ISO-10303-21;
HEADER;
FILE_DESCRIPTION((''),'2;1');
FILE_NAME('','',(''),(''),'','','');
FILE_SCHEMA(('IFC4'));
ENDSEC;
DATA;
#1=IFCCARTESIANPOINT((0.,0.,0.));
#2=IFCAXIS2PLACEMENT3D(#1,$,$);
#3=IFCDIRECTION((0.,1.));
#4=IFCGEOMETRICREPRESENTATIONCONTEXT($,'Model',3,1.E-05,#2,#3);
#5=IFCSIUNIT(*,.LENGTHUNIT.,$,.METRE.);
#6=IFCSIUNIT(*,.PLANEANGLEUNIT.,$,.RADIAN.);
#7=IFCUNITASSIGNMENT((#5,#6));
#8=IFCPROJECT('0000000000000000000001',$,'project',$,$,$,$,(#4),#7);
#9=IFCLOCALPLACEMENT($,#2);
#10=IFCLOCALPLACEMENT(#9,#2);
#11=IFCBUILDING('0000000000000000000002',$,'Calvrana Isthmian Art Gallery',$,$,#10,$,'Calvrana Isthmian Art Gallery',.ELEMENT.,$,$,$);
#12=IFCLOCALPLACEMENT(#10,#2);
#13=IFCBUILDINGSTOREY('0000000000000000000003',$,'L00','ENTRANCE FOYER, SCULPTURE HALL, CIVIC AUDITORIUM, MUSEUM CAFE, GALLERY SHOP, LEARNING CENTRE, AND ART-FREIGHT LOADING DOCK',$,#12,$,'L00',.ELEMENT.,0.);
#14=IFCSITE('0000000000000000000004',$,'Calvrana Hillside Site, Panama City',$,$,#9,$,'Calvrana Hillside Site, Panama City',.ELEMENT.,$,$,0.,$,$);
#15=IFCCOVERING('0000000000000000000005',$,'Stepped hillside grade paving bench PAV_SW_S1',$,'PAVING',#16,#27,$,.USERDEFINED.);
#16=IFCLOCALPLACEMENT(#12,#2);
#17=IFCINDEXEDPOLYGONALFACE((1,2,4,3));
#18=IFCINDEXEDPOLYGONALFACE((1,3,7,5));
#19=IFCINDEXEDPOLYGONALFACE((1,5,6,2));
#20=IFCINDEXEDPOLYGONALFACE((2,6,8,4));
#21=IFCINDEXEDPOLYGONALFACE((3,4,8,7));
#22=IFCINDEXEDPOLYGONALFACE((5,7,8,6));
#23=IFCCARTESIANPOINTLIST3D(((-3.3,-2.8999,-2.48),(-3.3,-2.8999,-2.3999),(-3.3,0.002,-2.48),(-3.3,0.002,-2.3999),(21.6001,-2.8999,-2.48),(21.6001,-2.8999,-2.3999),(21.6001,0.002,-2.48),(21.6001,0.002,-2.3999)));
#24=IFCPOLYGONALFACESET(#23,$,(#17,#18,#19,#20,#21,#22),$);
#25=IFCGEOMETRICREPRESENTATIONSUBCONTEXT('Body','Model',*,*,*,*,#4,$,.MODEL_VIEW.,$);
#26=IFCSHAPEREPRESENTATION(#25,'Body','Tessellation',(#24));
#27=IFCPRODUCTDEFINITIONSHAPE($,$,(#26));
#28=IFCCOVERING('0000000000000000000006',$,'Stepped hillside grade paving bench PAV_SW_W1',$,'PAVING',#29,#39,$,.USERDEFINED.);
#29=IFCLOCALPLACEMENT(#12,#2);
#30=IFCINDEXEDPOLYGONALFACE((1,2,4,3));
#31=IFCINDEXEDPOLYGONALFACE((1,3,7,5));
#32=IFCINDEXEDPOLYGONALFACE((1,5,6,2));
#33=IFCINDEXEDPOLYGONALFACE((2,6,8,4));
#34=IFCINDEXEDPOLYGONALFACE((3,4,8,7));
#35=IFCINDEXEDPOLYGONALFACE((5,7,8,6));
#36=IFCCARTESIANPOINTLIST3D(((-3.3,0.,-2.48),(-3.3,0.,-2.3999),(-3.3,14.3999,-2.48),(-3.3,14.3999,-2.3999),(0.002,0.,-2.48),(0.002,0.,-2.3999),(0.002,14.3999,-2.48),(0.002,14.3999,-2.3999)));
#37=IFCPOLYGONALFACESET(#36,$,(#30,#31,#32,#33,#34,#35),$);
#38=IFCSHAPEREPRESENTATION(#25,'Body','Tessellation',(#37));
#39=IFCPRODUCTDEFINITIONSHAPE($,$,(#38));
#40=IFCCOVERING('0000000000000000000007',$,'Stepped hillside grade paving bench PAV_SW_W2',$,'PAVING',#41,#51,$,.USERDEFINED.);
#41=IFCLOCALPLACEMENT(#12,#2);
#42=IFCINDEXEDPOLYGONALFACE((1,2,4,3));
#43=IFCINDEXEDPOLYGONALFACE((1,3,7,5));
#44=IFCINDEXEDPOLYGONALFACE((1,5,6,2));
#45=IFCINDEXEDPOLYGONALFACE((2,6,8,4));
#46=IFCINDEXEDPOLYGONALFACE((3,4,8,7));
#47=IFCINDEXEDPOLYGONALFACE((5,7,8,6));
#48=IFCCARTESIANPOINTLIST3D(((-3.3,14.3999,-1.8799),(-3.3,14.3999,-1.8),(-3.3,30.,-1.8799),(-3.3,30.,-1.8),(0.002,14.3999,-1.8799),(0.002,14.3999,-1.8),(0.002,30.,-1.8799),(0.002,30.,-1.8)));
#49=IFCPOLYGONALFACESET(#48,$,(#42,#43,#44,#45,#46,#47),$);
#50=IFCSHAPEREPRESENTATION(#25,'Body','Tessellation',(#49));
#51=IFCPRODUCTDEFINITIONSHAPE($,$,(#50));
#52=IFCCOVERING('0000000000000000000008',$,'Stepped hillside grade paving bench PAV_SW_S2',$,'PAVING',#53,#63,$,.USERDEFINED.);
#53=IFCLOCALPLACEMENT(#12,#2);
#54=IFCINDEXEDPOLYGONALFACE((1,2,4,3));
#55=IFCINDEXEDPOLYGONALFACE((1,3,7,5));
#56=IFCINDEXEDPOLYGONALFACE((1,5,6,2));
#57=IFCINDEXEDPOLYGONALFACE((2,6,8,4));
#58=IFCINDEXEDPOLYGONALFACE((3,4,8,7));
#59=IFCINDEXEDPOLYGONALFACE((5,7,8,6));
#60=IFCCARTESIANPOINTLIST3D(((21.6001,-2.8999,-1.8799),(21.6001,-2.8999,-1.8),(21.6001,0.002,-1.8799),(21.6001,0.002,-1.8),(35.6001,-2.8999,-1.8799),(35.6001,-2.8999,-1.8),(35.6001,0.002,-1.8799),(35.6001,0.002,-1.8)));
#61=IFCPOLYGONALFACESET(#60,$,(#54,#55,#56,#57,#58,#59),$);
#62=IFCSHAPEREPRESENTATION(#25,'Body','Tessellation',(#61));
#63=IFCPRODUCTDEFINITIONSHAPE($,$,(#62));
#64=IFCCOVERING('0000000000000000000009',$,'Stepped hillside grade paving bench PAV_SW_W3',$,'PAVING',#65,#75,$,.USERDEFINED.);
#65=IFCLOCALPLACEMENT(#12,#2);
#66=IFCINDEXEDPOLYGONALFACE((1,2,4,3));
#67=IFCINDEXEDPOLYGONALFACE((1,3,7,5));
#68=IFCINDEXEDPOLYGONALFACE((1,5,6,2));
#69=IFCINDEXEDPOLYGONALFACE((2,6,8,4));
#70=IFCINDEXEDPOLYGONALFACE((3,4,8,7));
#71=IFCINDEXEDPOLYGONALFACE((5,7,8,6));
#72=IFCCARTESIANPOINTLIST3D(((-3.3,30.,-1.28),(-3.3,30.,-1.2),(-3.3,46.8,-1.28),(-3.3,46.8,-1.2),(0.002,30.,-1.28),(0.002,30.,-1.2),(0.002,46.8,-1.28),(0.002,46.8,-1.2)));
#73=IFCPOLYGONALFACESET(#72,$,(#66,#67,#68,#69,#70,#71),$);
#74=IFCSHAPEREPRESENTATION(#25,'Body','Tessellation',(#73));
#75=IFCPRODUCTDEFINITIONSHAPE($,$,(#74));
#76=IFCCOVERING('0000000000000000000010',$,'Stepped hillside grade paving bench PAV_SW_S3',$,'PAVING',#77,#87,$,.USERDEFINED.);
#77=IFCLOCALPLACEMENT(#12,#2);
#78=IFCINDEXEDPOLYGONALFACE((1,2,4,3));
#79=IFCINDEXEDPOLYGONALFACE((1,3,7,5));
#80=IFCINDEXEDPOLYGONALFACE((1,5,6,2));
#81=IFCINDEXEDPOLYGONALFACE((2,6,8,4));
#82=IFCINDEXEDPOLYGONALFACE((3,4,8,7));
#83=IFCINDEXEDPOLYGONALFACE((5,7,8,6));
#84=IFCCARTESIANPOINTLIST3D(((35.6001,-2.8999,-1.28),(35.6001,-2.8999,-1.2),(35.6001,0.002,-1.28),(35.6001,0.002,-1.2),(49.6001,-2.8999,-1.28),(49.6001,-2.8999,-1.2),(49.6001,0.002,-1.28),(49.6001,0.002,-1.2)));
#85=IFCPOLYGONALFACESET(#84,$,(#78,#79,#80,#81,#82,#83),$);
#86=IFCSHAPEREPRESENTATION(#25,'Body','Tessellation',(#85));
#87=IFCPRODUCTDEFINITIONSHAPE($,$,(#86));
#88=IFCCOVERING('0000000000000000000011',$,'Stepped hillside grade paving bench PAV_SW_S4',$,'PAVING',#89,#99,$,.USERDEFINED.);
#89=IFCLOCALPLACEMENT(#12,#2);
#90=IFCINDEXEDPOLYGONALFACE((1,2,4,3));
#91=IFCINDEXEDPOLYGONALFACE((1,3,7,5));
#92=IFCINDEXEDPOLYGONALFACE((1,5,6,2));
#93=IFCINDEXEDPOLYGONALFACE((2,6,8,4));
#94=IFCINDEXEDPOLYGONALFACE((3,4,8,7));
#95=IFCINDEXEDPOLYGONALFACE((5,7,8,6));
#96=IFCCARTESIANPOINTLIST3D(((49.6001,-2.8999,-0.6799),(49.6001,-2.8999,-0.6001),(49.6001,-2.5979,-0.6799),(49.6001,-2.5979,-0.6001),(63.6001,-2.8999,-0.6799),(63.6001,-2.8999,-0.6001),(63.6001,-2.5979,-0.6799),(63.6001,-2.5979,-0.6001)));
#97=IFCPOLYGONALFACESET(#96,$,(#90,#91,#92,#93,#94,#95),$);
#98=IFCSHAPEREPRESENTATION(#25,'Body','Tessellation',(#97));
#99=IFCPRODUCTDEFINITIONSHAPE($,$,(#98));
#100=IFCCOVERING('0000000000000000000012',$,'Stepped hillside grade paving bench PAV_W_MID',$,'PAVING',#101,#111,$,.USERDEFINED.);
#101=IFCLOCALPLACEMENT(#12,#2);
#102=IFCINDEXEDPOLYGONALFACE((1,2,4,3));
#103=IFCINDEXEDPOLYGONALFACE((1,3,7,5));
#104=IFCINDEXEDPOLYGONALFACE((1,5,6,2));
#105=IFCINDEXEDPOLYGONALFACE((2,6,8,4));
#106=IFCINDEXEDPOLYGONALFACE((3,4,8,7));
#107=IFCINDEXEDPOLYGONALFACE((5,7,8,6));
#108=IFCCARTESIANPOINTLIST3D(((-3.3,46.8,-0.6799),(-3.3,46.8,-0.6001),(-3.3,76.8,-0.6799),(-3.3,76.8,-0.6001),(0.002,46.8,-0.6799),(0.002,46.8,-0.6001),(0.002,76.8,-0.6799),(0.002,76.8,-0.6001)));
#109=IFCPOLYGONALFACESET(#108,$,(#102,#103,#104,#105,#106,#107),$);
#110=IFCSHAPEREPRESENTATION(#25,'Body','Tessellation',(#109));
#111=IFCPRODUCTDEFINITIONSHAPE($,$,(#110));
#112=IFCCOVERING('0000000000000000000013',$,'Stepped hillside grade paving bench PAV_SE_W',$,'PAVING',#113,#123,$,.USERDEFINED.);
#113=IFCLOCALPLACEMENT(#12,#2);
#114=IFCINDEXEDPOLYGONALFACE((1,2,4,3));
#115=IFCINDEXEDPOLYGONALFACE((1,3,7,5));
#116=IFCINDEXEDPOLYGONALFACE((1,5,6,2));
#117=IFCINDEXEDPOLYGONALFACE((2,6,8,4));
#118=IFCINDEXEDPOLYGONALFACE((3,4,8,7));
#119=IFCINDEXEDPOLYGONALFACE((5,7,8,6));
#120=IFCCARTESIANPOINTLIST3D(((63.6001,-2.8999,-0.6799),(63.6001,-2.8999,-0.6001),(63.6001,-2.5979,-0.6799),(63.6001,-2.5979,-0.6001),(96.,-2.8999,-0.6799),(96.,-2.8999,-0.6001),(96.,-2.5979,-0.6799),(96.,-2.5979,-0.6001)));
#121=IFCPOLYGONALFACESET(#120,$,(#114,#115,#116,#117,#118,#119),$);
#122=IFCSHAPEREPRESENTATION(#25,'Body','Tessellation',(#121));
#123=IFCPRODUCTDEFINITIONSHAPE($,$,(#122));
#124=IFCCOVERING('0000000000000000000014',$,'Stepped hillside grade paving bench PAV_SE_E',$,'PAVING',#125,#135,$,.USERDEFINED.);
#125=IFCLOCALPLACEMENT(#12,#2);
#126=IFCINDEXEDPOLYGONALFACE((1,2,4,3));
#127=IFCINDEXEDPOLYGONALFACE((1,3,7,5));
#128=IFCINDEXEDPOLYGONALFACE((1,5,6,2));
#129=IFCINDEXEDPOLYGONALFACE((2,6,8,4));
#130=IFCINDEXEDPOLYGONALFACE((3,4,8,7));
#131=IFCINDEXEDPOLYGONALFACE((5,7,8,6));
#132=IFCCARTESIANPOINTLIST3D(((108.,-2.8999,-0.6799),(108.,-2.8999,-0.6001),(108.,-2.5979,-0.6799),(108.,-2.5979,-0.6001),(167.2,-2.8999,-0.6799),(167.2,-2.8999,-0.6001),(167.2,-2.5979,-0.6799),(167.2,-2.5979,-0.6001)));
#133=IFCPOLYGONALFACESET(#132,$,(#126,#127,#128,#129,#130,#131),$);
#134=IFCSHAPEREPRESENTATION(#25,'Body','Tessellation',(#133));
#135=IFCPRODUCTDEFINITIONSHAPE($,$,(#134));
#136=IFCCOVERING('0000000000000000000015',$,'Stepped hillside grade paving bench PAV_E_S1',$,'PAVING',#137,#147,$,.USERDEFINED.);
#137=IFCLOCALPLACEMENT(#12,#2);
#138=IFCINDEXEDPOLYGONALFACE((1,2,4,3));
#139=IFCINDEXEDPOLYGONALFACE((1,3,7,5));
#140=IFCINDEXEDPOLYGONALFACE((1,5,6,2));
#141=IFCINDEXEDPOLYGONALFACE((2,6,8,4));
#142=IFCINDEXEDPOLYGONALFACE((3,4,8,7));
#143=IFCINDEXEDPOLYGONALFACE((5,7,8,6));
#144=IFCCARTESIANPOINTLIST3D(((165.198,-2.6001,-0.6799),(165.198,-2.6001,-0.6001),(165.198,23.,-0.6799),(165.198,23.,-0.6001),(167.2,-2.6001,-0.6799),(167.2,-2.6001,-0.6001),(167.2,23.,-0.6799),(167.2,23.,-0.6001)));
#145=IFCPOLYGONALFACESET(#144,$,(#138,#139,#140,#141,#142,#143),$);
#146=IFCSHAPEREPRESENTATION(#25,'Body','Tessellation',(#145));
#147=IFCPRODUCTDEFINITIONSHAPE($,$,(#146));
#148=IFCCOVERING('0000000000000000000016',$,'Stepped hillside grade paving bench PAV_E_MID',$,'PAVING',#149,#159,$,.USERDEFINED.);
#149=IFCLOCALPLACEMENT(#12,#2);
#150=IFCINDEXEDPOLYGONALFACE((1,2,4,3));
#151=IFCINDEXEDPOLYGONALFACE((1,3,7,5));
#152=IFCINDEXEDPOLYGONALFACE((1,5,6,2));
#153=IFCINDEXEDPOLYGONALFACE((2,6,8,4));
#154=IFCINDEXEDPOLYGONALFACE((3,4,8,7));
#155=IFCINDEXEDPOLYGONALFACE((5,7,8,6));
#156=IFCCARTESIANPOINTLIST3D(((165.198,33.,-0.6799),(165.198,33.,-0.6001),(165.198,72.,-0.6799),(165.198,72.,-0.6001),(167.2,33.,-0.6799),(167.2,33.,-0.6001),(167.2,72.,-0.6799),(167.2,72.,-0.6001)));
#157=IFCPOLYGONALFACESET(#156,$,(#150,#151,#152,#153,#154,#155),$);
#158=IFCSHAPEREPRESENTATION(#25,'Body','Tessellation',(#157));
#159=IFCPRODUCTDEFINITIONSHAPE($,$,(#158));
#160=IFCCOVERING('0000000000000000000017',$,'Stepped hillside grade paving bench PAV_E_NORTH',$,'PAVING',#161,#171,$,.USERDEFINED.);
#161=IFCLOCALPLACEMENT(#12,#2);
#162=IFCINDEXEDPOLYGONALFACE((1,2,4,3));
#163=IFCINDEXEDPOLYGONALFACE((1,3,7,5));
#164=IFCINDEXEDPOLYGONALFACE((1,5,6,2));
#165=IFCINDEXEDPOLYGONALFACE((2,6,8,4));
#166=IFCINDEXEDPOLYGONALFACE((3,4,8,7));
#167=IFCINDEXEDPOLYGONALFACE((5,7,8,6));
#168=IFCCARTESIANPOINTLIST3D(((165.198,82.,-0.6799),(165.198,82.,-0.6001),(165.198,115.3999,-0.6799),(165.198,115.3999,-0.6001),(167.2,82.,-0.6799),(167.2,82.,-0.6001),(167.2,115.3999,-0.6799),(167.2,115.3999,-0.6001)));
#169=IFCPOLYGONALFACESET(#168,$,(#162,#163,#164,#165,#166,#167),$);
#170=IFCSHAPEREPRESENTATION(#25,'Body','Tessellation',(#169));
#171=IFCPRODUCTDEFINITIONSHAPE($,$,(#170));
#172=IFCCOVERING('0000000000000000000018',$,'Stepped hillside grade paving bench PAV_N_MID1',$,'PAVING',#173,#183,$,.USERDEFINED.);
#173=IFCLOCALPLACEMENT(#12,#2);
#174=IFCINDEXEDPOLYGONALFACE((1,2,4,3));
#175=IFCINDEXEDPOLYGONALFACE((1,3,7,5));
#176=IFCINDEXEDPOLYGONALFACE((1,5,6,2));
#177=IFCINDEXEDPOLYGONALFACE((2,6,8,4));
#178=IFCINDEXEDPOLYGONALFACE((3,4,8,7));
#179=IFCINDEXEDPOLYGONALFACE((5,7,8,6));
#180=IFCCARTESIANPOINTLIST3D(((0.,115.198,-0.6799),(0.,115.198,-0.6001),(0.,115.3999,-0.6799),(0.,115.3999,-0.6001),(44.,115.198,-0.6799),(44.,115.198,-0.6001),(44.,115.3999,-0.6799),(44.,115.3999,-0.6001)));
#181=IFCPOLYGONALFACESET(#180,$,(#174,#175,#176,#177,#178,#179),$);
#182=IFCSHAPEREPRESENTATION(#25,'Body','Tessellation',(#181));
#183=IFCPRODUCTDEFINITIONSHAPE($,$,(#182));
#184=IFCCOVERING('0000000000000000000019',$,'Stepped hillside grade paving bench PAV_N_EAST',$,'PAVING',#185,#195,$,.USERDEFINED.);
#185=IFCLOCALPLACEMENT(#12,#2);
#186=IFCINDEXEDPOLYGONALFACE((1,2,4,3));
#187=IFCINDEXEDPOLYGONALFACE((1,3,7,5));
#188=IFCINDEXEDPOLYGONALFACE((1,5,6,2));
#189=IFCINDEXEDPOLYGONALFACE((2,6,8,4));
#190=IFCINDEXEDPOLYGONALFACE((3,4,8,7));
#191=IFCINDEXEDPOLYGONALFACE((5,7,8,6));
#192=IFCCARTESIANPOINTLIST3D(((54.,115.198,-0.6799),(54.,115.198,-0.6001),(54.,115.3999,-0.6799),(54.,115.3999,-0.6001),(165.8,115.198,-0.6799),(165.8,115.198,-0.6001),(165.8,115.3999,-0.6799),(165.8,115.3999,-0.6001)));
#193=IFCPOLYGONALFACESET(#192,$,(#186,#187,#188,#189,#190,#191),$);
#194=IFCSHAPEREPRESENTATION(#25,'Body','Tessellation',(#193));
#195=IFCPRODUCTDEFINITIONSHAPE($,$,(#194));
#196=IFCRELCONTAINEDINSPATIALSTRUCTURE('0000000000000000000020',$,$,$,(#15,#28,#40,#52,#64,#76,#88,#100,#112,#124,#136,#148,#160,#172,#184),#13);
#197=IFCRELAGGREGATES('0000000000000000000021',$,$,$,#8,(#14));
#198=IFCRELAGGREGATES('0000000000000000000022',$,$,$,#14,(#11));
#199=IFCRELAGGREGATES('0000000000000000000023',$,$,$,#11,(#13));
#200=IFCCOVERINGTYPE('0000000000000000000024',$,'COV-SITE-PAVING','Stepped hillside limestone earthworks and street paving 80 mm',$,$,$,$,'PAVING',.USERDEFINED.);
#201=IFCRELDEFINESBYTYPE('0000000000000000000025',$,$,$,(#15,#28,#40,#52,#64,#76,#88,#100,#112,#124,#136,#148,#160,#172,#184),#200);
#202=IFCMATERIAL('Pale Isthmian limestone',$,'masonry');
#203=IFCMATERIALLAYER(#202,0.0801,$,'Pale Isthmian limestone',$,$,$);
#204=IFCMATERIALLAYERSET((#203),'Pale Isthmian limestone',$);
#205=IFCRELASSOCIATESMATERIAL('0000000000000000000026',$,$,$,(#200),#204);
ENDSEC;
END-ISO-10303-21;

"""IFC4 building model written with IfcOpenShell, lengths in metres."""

from ifc_helpers import new_model, si_unit, direction, frame, origin, place, context, subcontext, project, spatial, polyline, outline, extrude, material, layer, layer_set, type_object, element, save


model = new_model("IFC4")

# Units and contexts
model_context = context("Model", 3, precision=1e-05, world=origin(), true_north=direction((0.0, 1.0)))
body_context = subcontext(model_context, "Body", "Model", "MODEL_VIEW")
ifc_project = project(units=[si_unit("LENGTHUNIT", "METRE"), si_unit("PLANEANGLEUNIT", "RADIAN")], contexts=[model_context])

# Site, building, storey
site_placement = place(None, origin())
site = spatial("IfcSite", under=ifc_project, at=site_placement, Name="Calvrana Hillside Site, Panama City", LongName="Calvrana Hillside Site, Panama City", CompositionType="ELEMENT", RefElevation=0.0)
building_placement = place(site_placement, origin())
building = spatial("IfcBuilding", under=site, at=building_placement, Name="Calvrana Isthmian Art Gallery", LongName="Calvrana Isthmian Art Gallery", CompositionType="ELEMENT")
storey_placement = place(building_placement, origin())
storey = spatial("IfcBuildingStorey", under=building, at=storey_placement, Name="L00", Description="ENTRANCE FOYER, SCULPTURE HALL, CIVIC AUDITORIUM, MUSEUM CAFE, GALLERY SHOP, LEARNING CENTRE, AND ART-FREIGHT LOADING DOCK", LongName="L00", CompositionType="ELEMENT", Elevation=0.0)

# Coverings
ifc_material_1 = material(Name="Pale Isthmian limestone", Category="masonry")
ifc_layer_1 = layer(ifc_material_1, 0.0801, Name="Pale Isthmian limestone")
ifc_layer_set_1 = layer_set([ifc_layer_1], Name="Pale Isthmian limestone")
covering_type = type_object("IfcCoveringType", Name="COV-SITE-PAVING", Description="Stepped hillside limestone earthworks and street paving 80 mm", ElementType="PAVING", PredefinedType="USERDEFINED", material=ifc_layer_set_1)
covering_1_placement = place(storey_placement, frame((0.0, 0.0, -2.48)))
element("IfcCovering", 1, at=covering_1_placement, inside=storey, type_object=covering_type, Name="Stepped hillside grade paving bench PAV_SW_S1", ObjectType="PAVING", PredefinedType="USERDEFINED", context=body_context, shape_type="SweptSolid", body=[
    extrude(outline(polyline([(-3.3, -2.8999), (21.6001, -2.8999), (21.6001, 0.002), (-3.3, 0.002), (-3.3, -2.8999)])), origin(), (0.0, 0.0, 1.0), 0.0801),
])
covering_2_placement = place(storey_placement, frame((0.0, 0.0, -2.48)))
element("IfcCovering", 2, at=covering_2_placement, inside=storey, type_object=covering_type, Name="Stepped hillside grade paving bench PAV_SW_W1", ObjectType="PAVING", PredefinedType="USERDEFINED", context=body_context, shape_type="SweptSolid", body=[
    extrude(outline(polyline([(-3.3, 0.0), (0.002, 0.0), (0.002, 14.3999), (-3.3, 14.3999), (-3.3, 0.0)])), origin(), (0.0, 0.0, 1.0), 0.0801),
])
covering_3_placement = place(storey_placement, frame((0.0, 0.0, -1.8799)))
element("IfcCovering", 3, at=covering_3_placement, inside=storey, type_object=covering_type, Name="Stepped hillside grade paving bench PAV_SW_W2", ObjectType="PAVING", PredefinedType="USERDEFINED", context=body_context, shape_type="SweptSolid", body=[
    extrude(outline(polyline([(-3.3, 14.3999), (0.002, 14.3999), (0.002, 30.0), (-3.3, 30.0), (-3.3, 14.3999)])), origin(), (0.0, 0.0, 1.0), 0.0798),
])
covering_4_placement = place(storey_placement, frame((0.0, 0.0, -1.8799)))
element("IfcCovering", 4, at=covering_4_placement, inside=storey, type_object=covering_type, Name="Stepped hillside grade paving bench PAV_SW_S2", ObjectType="PAVING", PredefinedType="USERDEFINED", context=body_context, shape_type="SweptSolid", body=[
    extrude(outline(polyline([(21.6001, -2.8999), (35.6001, -2.8999), (35.6001, 0.002), (21.6001, 0.002), (21.6001, -2.8999)])), origin(), (0.0, 0.0, 1.0), 0.0798),
])
covering_5_placement = place(storey_placement, frame((0.0, 0.0, -1.28)))
element("IfcCovering", 5, at=covering_5_placement, inside=storey, type_object=covering_type, Name="Stepped hillside grade paving bench PAV_SW_W3", ObjectType="PAVING", PredefinedType="USERDEFINED", context=body_context, shape_type="SweptSolid", body=[
    extrude(outline(polyline([(-3.3, 30.0), (0.002, 30.0), (0.002, 46.8), (-3.3, 46.8), (-3.3, 30.0)])), origin(), (0.0, 0.0, 1.0), 0.0801),
])
covering_6_placement = place(storey_placement, frame((0.0, 0.0, -1.28)))
element("IfcCovering", 6, at=covering_6_placement, inside=storey, type_object=covering_type, Name="Stepped hillside grade paving bench PAV_SW_S3", ObjectType="PAVING", PredefinedType="USERDEFINED", context=body_context, shape_type="SweptSolid", body=[
    extrude(outline(polyline([(35.6001, -2.8999), (49.6001, -2.8999), (49.6001, 0.002), (35.6001, 0.002), (35.6001, -2.8999)])), origin(), (0.0, 0.0, 1.0), 0.0801),
])
covering_7_placement = place(storey_placement, frame((0.0, 0.0, -0.6799)))
element("IfcCovering", 7, at=covering_7_placement, inside=storey, type_object=covering_type, Name="Stepped hillside grade paving bench PAV_SW_S4", ObjectType="PAVING", PredefinedType="USERDEFINED", context=body_context, shape_type="SweptSolid", body=[
    extrude(outline(polyline([(49.6001, -2.8999), (63.6001, -2.8999), (63.6001, -2.5979), (49.6001, -2.5979), (49.6001, -2.8999)])), origin(), (0.0, 0.0, 1.0), 0.0798),
])
covering_8_placement = place(storey_placement, frame((0.0, 0.0, -0.6799)))
element("IfcCovering", 8, at=covering_8_placement, inside=storey, type_object=covering_type, Name="Stepped hillside grade paving bench PAV_W_MID", ObjectType="PAVING", PredefinedType="USERDEFINED", context=body_context, shape_type="SweptSolid", body=[
    extrude(outline(polyline([(-3.3, 46.8), (0.002, 46.8), (0.002, 76.8), (-3.3, 76.8), (-3.3, 46.8)])), origin(), (0.0, 0.0, 1.0), 0.0798),
])
covering_9_placement = place(storey_placement, frame((0.0, 0.0, -0.6799)))
element("IfcCovering", 9, at=covering_9_placement, inside=storey, type_object=covering_type, Name="Stepped hillside grade paving bench PAV_SE_W", ObjectType="PAVING", PredefinedType="USERDEFINED", context=body_context, shape_type="SweptSolid", body=[
    extrude(outline(polyline([(63.6001, -2.8999), (96.0, -2.8999), (96.0, -2.5979), (63.6001, -2.5979), (63.6001, -2.8999)])), origin(), (0.0, 0.0, 1.0), 0.0798),
])
covering_10_placement = place(storey_placement, frame((0.0, 0.0, -0.6799)))
element("IfcCovering", 10, at=covering_10_placement, inside=storey, type_object=covering_type, Name="Stepped hillside grade paving bench PAV_SE_E", ObjectType="PAVING", PredefinedType="USERDEFINED", context=body_context, shape_type="SweptSolid", body=[
    extrude(outline(polyline([(108.0, -2.8999), (167.2, -2.8999), (167.2, -2.5979), (108.0, -2.5979), (108.0, -2.8999)])), origin(), (0.0, 0.0, 1.0), 0.0798),
])
covering_11_placement = place(storey_placement, frame((0.0, 0.0, -0.6799)))
element("IfcCovering", 11, at=covering_11_placement, inside=storey, type_object=covering_type, Name="Stepped hillside grade paving bench PAV_E_S1", ObjectType="PAVING", PredefinedType="USERDEFINED", context=body_context, shape_type="SweptSolid", body=[
    extrude(outline(polyline([(165.198, -2.6001), (167.2, -2.6001), (167.2, 23.0), (165.198, 23.0), (165.198, -2.6001)])), origin(), (0.0, 0.0, 1.0), 0.0798),
])
covering_12_placement = place(storey_placement, frame((0.0, 0.0, -0.6799)))
element("IfcCovering", 12, at=covering_12_placement, inside=storey, type_object=covering_type, Name="Stepped hillside grade paving bench PAV_E_MID", ObjectType="PAVING", PredefinedType="USERDEFINED", context=body_context, shape_type="SweptSolid", body=[
    extrude(outline(polyline([(165.198, 33.0), (167.2, 33.0), (167.2, 72.0), (165.198, 72.0), (165.198, 33.0)])), origin(), (0.0, 0.0, 1.0), 0.0798),
])
covering_13_placement = place(storey_placement, frame((0.0, 0.0, -0.6799)))
element("IfcCovering", 13, at=covering_13_placement, inside=storey, type_object=covering_type, Name="Stepped hillside grade paving bench PAV_E_NORTH", ObjectType="PAVING", PredefinedType="USERDEFINED", context=body_context, shape_type="SweptSolid", body=[
    extrude(outline(polyline([(165.198, 82.0), (167.2, 82.0), (167.2, 115.3999), (165.198, 115.3999), (165.198, 82.0)])), origin(), (0.0, 0.0, 1.0), 0.0798),
])
covering_14_placement = place(storey_placement, frame((0.0, 0.0, -0.6799)))
element("IfcCovering", 14, at=covering_14_placement, inside=storey, type_object=covering_type, Name="Stepped hillside grade paving bench PAV_N_MID1", ObjectType="PAVING", PredefinedType="USERDEFINED", context=body_context, shape_type="SweptSolid", body=[
    extrude(outline(polyline([(0.0, 115.198), (44.0, 115.198), (44.0, 115.3999), (0.0, 115.3999), (0.0, 115.198)])), origin(), (0.0, 0.0, 1.0), 0.0798),
])
covering_15_placement = place(storey_placement, frame((0.0, 0.0, -0.6799)))
element("IfcCovering", 15, at=covering_15_placement, inside=storey, type_object=covering_type, Name="Stepped hillside grade paving bench PAV_N_EAST", ObjectType="PAVING", PredefinedType="USERDEFINED", context=body_context, shape_type="SweptSolid", body=[
    extrude(outline(polyline([(54.0, 115.198), (165.8, 115.198), (165.8, 115.3999), (54.0, 115.3999), (54.0, 115.198)])), origin(), (0.0, 0.0, 1.0), 0.0798),
])

save(model, "model.ifc")
